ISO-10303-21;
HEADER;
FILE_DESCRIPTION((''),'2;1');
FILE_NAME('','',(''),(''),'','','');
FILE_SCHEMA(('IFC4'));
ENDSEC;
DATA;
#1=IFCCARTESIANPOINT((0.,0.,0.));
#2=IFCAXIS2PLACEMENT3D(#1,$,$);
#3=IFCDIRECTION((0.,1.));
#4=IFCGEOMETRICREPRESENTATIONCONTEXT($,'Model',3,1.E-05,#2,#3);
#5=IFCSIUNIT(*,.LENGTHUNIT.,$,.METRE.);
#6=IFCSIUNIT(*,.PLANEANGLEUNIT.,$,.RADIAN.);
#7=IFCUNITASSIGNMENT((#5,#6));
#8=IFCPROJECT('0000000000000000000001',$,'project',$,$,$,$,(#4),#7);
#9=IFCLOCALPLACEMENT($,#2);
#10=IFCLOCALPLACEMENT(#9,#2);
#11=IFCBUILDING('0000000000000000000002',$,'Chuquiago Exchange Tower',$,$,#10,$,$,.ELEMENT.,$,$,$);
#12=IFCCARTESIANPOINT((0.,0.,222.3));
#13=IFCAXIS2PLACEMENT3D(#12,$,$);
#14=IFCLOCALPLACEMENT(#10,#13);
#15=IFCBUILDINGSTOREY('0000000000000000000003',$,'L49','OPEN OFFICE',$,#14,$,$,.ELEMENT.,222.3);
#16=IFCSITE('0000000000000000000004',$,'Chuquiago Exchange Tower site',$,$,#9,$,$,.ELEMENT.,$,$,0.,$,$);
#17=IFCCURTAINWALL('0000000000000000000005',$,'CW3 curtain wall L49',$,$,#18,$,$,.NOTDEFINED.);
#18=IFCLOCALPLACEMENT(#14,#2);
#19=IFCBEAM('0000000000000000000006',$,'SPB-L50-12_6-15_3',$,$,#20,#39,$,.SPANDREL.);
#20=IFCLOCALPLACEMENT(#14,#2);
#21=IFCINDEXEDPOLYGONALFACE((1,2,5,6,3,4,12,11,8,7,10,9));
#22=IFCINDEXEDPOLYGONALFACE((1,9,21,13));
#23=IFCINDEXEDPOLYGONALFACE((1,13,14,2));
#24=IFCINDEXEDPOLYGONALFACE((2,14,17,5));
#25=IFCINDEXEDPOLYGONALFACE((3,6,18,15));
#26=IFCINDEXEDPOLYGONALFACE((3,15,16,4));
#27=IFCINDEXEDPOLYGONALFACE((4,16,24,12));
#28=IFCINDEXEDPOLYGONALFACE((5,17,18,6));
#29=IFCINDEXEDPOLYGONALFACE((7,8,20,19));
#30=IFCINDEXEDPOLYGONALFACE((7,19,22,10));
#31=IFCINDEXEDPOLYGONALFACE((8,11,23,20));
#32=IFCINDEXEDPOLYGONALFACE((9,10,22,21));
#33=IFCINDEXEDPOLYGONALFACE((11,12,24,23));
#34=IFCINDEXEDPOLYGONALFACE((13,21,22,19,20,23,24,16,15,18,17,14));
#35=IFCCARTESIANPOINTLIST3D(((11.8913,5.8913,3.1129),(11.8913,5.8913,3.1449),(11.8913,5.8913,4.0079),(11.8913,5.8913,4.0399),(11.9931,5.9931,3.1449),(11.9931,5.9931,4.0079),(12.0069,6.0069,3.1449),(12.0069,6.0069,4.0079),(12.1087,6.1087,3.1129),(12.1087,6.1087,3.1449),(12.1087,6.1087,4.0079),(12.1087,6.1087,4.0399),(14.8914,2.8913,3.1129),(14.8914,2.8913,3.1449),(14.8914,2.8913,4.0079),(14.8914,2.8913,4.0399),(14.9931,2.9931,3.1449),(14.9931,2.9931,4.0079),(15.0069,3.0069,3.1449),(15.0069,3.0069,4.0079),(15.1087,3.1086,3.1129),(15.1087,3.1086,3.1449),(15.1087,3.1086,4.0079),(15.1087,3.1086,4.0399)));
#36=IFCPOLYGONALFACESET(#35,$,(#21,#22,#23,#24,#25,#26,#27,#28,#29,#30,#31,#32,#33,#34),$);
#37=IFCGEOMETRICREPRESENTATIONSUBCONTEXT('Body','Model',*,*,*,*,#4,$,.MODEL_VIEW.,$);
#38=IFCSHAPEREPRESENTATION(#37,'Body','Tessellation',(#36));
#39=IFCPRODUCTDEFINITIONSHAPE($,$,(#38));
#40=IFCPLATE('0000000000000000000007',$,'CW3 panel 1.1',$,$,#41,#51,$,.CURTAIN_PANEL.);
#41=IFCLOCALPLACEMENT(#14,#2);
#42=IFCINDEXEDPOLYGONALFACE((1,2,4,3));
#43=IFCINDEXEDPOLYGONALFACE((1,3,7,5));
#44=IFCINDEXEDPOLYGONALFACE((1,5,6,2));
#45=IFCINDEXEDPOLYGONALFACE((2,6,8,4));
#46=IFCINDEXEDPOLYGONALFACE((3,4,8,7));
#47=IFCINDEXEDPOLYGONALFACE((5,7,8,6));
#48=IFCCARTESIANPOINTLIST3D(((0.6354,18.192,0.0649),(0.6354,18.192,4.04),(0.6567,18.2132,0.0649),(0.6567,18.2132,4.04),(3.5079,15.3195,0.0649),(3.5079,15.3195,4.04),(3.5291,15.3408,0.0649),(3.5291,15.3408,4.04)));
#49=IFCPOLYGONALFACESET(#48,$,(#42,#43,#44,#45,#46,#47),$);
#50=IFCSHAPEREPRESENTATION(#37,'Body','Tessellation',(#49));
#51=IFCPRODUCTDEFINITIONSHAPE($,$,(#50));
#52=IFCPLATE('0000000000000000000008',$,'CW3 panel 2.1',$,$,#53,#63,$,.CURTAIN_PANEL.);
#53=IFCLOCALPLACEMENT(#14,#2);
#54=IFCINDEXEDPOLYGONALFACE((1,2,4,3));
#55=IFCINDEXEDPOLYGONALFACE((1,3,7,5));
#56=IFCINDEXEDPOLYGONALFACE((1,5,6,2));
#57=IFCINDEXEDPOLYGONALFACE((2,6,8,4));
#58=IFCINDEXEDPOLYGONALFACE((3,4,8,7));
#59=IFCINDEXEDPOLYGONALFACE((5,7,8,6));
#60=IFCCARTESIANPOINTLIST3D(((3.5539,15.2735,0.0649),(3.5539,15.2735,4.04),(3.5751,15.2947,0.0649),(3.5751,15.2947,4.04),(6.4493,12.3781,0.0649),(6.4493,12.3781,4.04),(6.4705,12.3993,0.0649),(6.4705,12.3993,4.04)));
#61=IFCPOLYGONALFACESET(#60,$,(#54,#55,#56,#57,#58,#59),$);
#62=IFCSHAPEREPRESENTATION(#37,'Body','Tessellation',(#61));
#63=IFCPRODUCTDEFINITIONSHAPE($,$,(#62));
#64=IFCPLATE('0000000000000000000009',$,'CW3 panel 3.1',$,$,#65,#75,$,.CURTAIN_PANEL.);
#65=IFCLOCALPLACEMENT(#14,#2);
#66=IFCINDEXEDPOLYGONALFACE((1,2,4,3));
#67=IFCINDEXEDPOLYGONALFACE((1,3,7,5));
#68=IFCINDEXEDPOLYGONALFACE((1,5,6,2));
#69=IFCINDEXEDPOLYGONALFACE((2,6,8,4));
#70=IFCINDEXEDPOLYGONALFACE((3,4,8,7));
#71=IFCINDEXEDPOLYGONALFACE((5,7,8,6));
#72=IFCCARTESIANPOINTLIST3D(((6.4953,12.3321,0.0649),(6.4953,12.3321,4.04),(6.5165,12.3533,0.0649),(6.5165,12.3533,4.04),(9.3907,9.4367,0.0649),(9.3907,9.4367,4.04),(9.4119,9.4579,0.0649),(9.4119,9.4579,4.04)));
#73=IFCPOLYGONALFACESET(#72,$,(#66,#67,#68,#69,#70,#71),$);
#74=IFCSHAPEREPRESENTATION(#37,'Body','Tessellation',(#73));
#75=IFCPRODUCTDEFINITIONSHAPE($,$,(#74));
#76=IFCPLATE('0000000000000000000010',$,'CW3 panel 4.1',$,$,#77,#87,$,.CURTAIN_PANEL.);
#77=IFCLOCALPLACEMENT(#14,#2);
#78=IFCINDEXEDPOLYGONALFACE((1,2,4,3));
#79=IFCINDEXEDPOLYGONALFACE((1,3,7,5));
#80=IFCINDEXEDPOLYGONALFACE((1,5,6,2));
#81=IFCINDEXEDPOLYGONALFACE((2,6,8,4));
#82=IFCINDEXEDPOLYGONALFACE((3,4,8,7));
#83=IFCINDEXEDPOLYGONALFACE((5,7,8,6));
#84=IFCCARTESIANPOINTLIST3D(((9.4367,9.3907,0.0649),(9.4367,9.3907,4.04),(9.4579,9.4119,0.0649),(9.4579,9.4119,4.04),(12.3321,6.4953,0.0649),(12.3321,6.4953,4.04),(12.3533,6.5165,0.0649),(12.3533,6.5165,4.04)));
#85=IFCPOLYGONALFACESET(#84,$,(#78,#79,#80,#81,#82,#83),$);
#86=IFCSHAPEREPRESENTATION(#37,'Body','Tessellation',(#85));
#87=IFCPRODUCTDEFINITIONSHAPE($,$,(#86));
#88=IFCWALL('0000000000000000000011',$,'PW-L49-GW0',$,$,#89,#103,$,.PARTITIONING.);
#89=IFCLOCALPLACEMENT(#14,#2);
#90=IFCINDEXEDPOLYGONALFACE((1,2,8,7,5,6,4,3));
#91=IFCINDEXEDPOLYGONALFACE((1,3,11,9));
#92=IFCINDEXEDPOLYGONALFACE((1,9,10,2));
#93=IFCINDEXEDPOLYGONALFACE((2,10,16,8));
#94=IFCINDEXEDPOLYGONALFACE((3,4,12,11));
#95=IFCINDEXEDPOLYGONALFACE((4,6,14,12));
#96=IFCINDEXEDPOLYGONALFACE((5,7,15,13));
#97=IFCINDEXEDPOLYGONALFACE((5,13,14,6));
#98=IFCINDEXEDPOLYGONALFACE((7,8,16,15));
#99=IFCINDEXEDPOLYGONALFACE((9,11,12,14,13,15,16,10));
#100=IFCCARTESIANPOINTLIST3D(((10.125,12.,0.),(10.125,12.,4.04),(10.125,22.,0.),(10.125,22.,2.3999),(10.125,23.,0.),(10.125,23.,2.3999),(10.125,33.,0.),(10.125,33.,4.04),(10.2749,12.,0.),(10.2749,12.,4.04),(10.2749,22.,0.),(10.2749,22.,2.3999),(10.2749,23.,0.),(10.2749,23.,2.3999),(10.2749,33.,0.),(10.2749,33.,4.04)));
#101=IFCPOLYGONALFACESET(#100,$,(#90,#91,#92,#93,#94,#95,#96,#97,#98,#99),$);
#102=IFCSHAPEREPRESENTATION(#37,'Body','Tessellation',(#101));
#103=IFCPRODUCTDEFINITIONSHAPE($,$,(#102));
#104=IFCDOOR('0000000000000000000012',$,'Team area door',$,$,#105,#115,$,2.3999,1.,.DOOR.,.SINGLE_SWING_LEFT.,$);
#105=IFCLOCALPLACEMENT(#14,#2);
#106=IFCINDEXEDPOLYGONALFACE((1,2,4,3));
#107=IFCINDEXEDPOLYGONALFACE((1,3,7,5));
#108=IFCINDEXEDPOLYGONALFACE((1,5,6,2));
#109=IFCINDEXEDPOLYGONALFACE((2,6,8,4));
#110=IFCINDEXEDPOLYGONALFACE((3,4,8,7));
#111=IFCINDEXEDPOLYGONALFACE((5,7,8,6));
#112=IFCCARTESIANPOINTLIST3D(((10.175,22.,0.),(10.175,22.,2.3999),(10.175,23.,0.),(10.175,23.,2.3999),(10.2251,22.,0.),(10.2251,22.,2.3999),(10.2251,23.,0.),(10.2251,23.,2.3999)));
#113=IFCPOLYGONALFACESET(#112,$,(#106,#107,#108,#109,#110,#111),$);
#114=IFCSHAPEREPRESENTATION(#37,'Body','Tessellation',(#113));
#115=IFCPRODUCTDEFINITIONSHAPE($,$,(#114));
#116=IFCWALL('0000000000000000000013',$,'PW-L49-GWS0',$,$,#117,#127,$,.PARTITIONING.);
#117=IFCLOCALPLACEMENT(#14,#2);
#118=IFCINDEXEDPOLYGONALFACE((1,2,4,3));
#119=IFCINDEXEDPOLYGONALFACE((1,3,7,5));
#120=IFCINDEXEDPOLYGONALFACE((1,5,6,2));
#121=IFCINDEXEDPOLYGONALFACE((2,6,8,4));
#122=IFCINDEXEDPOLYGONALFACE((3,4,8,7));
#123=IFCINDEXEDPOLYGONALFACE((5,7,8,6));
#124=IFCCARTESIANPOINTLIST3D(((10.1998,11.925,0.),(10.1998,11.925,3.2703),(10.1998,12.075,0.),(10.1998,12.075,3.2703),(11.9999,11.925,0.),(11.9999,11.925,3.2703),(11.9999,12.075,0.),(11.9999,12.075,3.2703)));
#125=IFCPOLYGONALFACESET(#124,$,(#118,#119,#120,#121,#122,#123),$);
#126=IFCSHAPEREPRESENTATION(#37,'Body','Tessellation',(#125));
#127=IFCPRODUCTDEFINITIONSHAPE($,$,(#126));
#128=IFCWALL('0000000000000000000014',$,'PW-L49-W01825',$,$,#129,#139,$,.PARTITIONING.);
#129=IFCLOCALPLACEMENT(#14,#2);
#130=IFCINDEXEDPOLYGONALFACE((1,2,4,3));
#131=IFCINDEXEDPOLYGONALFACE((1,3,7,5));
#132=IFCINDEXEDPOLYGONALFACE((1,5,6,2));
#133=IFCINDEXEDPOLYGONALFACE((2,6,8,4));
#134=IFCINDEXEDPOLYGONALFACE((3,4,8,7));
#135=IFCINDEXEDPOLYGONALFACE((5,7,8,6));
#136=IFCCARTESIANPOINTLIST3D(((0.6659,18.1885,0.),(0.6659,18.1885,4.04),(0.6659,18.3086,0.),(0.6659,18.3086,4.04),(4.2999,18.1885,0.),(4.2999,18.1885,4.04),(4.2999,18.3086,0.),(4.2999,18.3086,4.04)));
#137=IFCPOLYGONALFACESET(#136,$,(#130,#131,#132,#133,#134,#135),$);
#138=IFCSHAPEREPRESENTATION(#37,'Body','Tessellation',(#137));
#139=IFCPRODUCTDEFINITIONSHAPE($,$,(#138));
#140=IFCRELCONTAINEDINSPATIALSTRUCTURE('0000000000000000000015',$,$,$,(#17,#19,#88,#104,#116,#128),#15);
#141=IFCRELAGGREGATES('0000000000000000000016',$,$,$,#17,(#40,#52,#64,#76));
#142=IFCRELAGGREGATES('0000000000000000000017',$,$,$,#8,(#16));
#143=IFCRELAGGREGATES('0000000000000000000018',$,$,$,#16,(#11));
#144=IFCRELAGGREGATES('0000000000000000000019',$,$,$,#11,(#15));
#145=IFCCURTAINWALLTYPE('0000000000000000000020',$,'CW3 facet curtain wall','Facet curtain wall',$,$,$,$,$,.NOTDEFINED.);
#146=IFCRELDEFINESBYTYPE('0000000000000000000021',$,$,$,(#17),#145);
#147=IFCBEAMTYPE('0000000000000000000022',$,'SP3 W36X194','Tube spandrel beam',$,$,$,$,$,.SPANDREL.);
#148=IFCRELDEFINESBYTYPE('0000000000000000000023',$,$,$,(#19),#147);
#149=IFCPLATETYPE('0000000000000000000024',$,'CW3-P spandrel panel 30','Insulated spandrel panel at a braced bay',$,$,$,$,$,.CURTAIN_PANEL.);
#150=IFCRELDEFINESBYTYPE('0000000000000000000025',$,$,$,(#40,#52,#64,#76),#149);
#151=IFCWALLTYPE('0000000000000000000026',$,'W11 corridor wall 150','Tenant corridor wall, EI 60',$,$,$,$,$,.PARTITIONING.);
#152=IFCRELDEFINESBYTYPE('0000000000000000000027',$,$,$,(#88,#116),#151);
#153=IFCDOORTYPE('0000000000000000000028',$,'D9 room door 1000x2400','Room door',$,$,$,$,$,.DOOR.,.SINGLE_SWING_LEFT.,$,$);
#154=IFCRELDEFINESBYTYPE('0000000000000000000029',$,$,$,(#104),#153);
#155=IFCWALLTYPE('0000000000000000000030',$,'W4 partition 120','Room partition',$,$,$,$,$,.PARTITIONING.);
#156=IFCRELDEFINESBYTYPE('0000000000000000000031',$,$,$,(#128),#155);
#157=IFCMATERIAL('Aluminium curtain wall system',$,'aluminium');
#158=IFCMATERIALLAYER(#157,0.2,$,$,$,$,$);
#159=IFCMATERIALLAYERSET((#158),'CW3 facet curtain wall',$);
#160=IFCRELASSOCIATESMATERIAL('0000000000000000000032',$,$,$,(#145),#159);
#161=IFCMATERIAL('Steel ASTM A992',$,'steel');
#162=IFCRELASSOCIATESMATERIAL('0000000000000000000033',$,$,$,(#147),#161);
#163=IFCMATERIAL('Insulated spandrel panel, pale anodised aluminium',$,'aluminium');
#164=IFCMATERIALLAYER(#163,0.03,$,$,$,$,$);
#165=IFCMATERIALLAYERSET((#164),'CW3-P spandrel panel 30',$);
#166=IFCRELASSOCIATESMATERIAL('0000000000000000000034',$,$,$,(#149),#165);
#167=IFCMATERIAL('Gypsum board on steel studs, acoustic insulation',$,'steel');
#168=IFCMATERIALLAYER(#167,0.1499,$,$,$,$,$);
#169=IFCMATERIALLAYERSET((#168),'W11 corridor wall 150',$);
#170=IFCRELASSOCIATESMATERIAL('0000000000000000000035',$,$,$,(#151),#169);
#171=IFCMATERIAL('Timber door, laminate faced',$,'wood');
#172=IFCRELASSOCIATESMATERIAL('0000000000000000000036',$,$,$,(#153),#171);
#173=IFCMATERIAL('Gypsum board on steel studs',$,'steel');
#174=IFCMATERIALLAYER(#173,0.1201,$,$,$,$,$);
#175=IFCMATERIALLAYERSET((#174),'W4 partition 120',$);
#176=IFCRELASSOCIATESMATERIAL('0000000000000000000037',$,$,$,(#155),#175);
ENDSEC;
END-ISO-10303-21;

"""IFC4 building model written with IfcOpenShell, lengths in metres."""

from ifc_helpers import new_model, si_unit, direction, frame, frame_2d, origin, origin_2d, place, context, subcontext, project, spatial, rectangle, i_section, extrude, material, layer, layer_set, material_profile, profile_set, type_object, element, fill, aggregate, save


model = new_model("IFC4")

# Units and contexts
model_context = context("Model", 3, precision=1e-05, world=origin(), true_north=direction((0.0, 1.0)))
body_context = subcontext(model_context, "Body", "Model", "MODEL_VIEW")
ifc_project = project(units=[si_unit("LENGTHUNIT", "METRE"), si_unit("PLANEANGLEUNIT", "RADIAN")], contexts=[model_context])

# Site, building, storey
site_placement = place(None, origin())
site = spatial("IfcSite", under=ifc_project, at=site_placement, Name="Chuquiago Exchange Tower site", CompositionType="ELEMENT", RefElevation=0.0)
building_placement = place(site_placement, origin())
building = spatial("IfcBuilding", under=site, at=building_placement, Name="Chuquiago Exchange Tower", CompositionType="ELEMENT")
storey_placement = place(building_placement, frame((0.0, 0.0, 222.3)))
storey = spatial("IfcBuildingStorey", under=building, at=storey_placement, Name="L49", Description="OPEN OFFICE", CompositionType="ELEMENT", Elevation=222.3)

# Curtain wall
ifc_material_1 = material(Name="Aluminium curtain wall system", Category="aluminium")
ifc_layer_1 = layer(ifc_material_1, 0.2)
ifc_layer_set_1 = layer_set([ifc_layer_1], Name="CW3 facet curtain wall")
curtain_wall_type_1 = type_object("IfcCurtainWallType", Name="CW3 facet curtain wall", Description="Facet curtain wall", PredefinedType="NOTDEFINED", material=ifc_layer_set_1)
curtain_wall_1_placement = place(storey_placement, origin())
curtain_wall_1 = element("IfcCurtainWall", 1, at=curtain_wall_1_placement, inside=storey, type_object=curtain_wall_type_1, Name="CW3 curtain wall L49", PredefinedType="NOTDEFINED")

# Beam
ifc_material_2 = material(Name="Steel ASTM A992", Category="steel")
ifc_material_profile_1 = material_profile(ifc_material_2, i_section(OverallWidth=0.3074, OverallDepth=0.927, WebThickness=0.0195, FlangeThickness=0.032, at=origin_2d()), Name="W36X194")
ifc_profile_set_1 = profile_set([ifc_material_profile_1], Name="Steel ASTM A992")
beam_type = type_object("IfcBeamType", Name="SP3 W36X194", Description="Tube spandrel beam", PredefinedType="SPANDREL", material=ifc_profile_set_1)
for number, where, z_axis, x_axis, name in (
    (2, (12.0, 6.0, 3.5764), (0.707107, -0.707107, 0.0), (0.707107, 0.707107, 0.0), "SPB-L50-12_6-15_3"),
):
    element("IfcBeam", number, at=place(storey_placement, frame(where, z_axis=z_axis, x_axis=x_axis)), inside=storey, type_object=beam_type, Name=name, PredefinedType="SPANDREL", context=body_context, shape_type="SweptSolid", body=[
        extrude(i_section(OverallWidth=0.3074, OverallDepth=0.927, WebThickness=0.0195, FlangeThickness=0.032, at=origin_2d()), origin(), (0.0, 0.0, 1.0), 4.2427),
    ])

# Plates
ifc_material_3 = material(Name="Insulated spandrel panel, pale anodised aluminium", Category="aluminium")
ifc_layer_2 = layer(ifc_material_3, 0.03)
ifc_layer_set_2 = layer_set([ifc_layer_2], Name="CW3-P spandrel panel 30")
plate_type = type_object("IfcPlateType", Name="CW3-P spandrel panel 30", Description="Insulated spandrel panel at a braced bay", PredefinedType="CURTAIN_PANEL", material=ifc_layer_set_2)
plate_1_placement = place(storey_placement, frame((2.0823, 16.7664, 0.0649), z_axis=(0.0, 0.0, 1.0), x_axis=(0.707107, -0.707107, 0.0)))
plate_1 = element("IfcPlate", 3, at=plate_1_placement, type_object=plate_type, Name="CW3 panel 1.1", PredefinedType="CURTAIN_PANEL", context=body_context, shape_type="SweptSolid", body=[
    extrude(rectangle(XDim=4.0623, YDim=0.03, at=origin_2d()), origin(), (0.0, 0.0, 1.0), 3.9751),
])
plate_2_placement = place(storey_placement, frame((5.0122, 13.8364, 0.0649), z_axis=(0.0, 0.0, 1.0), x_axis=(0.707107, -0.707107, 0.0)))
plate_2 = element("IfcPlate", 4, at=plate_2_placement, type_object=plate_type, Name="CW3 panel 2.1", PredefinedType="CURTAIN_PANEL", context=body_context, shape_type="SweptSolid", body=[
    extrude(rectangle(XDim=4.0947, YDim=0.03, at=origin_2d()), origin(), (0.0, 0.0, 1.0), 3.9751),
])
plate_3_placement = place(storey_placement, frame((7.9536, 10.895, 0.0649), z_axis=(0.0, 0.0, 1.0), x_axis=(0.707107, -0.707107, 0.0)))
plate_3 = element("IfcPlate", 5, at=plate_3_placement, type_object=plate_type, Name="CW3 panel 3.1", PredefinedType="CURTAIN_PANEL", context=body_context, shape_type="SweptSolid", body=[
    extrude(rectangle(XDim=4.0947, YDim=0.03, at=origin_2d()), origin(), (0.0, 0.0, 1.0), 3.9751),
])
plate_4_placement = place(storey_placement, frame((10.895, 7.9536, 0.0649), z_axis=(0.0, 0.0, 1.0), x_axis=(0.707107, -0.707107, 0.0)))
plate_4 = element("IfcPlate", 6, at=plate_4_placement, type_object=plate_type, Name="CW3 panel 4.1", PredefinedType="CURTAIN_PANEL", context=body_context, shape_type="SweptSolid", body=[
    extrude(rectangle(XDim=4.0947, YDim=0.03, at=origin_2d()), origin(), (0.0, 0.0, 1.0), 3.9751),
])
aggregate(curtain_wall_1, [plate_1, plate_2, plate_3, plate_4])

# Wall, opening, door
ifc_material_4 = material(Name="Gypsum board on steel studs, acoustic insulation", Category="steel")
ifc_layer_3 = layer(ifc_material_4, 0.1499)
ifc_layer_set_3 = layer_set([ifc_layer_3], Name="W11 corridor wall 150")
wall_type_1 = type_object("IfcWallType", Name="W11 corridor wall 150", Description="Tenant corridor wall, EI 60", PredefinedType="PARTITIONING", material=ifc_layer_set_3)
wall_1_placement = place(storey_placement, frame((10.2, 12.0, 0.0), z_axis=(0.0, 0.0, 1.0), x_axis=(0.0, 1.0, 0.0)))
wall_1 = element("IfcWall", 7, at=wall_1_placement, inside=storey, type_object=wall_type_1, Name="PW-L49-GW0", PredefinedType="PARTITIONING", context=body_context, shape_type="SweptSolid", body=[
    extrude(rectangle(XDim=21.0, YDim=0.1499, at=frame_2d((10.5, 0.0))), origin(), (0.0, 0.0, 1.0), 4.04),
])
opening_1_placement = place(wall_1_placement, frame((10.0, 0.0, 0.0)))
opening_1 = element("IfcOpeningElement", 8, at=opening_1_placement, cuts=wall_1, PredefinedType="OPENING", context=body_context, shape_type="SweptSolid", body=[
    extrude(rectangle(XDim=1.0, YDim=2.3999, at=frame_2d((0.5, 1.2))), frame((0.0, 0.085, 0.0), z_axis=(0.0, -1.0, 0.0), x_axis=(1.0, 0.0, 0.0)), (0.0, 0.0, 1.0), 0.1699),
])
ifc_material_5 = material(Name="Timber door, laminate faced", Category="wood")
door_type = type_object("IfcDoorType", Name="D9 room door 1000x2400", Description="Room door", OperationType="SINGLE_SWING_LEFT", PredefinedType="DOOR", material=ifc_material_5)
door_1_placement = place(opening_1_placement, origin())
door_1 = element("IfcDoor", 9, at=door_1_placement, inside=storey, type_object=door_type, Name="Team area door", OperationType="SINGLE_SWING_LEFT", OverallHeight=2.3999, OverallWidth=1.0, PredefinedType="DOOR", context=body_context, shape_type="SweptSolid", body=[
    extrude(rectangle(XDim=1.0, YDim=2.3999, at=frame_2d((0.5, 1.2))), frame((0.0, 0.0249, 0.0), z_axis=(0.0, -1.0, 0.0), x_axis=(1.0, 0.0, 0.0)), (0.0, 0.0, 1.0), 0.05),
])
fill(opening_1, door_1)

# Walls
wall_2_placement = place(storey_placement, frame((10.2, 12.0, 0.0), z_axis=(0.0, 0.0, 1.0), x_axis=(1.0, 0.0, 0.0)))
element("IfcWall", 10, at=wall_2_placement, inside=storey, type_object=wall_type_1, Name="PW-L49-GWS0", PredefinedType="PARTITIONING", context=body_context, shape_type="SweptSolid", body=[
    extrude(rectangle(XDim=1.8, YDim=0.1499, at=frame_2d((0.8999, 0.0))), origin(), (0.0, 0.0, 1.0), 3.2703),
])
ifc_material_6 = material(Name="Gypsum board on steel studs", Category="steel")
ifc_layer_4 = layer(ifc_material_6, 0.1201)
ifc_layer_set_4 = layer_set([ifc_layer_4], Name="W4 partition 120")
wall_type_2 = type_object("IfcWallType", Name="W4 partition 120", Description="Room partition", PredefinedType="PARTITIONING", material=ifc_layer_set_4)
wall_3_placement = place(storey_placement, frame((0.666, 18.2485, 0.0), z_axis=(0.0, 0.0, 1.0), x_axis=(1.0, 0.0, 0.0)))
element("IfcWall", 11, at=wall_3_placement, inside=storey, type_object=wall_type_2, Name="PW-L49-W01825", PredefinedType="PARTITIONING", context=body_context, shape_type="SweptSolid", body=[
    extrude(rectangle(XDim=3.634, YDim=0.1201, at=frame_2d((1.8169, 0.0))), origin(), (0.0, 0.0, 1.0), 4.04),
])

save(model, "model.ifc")
